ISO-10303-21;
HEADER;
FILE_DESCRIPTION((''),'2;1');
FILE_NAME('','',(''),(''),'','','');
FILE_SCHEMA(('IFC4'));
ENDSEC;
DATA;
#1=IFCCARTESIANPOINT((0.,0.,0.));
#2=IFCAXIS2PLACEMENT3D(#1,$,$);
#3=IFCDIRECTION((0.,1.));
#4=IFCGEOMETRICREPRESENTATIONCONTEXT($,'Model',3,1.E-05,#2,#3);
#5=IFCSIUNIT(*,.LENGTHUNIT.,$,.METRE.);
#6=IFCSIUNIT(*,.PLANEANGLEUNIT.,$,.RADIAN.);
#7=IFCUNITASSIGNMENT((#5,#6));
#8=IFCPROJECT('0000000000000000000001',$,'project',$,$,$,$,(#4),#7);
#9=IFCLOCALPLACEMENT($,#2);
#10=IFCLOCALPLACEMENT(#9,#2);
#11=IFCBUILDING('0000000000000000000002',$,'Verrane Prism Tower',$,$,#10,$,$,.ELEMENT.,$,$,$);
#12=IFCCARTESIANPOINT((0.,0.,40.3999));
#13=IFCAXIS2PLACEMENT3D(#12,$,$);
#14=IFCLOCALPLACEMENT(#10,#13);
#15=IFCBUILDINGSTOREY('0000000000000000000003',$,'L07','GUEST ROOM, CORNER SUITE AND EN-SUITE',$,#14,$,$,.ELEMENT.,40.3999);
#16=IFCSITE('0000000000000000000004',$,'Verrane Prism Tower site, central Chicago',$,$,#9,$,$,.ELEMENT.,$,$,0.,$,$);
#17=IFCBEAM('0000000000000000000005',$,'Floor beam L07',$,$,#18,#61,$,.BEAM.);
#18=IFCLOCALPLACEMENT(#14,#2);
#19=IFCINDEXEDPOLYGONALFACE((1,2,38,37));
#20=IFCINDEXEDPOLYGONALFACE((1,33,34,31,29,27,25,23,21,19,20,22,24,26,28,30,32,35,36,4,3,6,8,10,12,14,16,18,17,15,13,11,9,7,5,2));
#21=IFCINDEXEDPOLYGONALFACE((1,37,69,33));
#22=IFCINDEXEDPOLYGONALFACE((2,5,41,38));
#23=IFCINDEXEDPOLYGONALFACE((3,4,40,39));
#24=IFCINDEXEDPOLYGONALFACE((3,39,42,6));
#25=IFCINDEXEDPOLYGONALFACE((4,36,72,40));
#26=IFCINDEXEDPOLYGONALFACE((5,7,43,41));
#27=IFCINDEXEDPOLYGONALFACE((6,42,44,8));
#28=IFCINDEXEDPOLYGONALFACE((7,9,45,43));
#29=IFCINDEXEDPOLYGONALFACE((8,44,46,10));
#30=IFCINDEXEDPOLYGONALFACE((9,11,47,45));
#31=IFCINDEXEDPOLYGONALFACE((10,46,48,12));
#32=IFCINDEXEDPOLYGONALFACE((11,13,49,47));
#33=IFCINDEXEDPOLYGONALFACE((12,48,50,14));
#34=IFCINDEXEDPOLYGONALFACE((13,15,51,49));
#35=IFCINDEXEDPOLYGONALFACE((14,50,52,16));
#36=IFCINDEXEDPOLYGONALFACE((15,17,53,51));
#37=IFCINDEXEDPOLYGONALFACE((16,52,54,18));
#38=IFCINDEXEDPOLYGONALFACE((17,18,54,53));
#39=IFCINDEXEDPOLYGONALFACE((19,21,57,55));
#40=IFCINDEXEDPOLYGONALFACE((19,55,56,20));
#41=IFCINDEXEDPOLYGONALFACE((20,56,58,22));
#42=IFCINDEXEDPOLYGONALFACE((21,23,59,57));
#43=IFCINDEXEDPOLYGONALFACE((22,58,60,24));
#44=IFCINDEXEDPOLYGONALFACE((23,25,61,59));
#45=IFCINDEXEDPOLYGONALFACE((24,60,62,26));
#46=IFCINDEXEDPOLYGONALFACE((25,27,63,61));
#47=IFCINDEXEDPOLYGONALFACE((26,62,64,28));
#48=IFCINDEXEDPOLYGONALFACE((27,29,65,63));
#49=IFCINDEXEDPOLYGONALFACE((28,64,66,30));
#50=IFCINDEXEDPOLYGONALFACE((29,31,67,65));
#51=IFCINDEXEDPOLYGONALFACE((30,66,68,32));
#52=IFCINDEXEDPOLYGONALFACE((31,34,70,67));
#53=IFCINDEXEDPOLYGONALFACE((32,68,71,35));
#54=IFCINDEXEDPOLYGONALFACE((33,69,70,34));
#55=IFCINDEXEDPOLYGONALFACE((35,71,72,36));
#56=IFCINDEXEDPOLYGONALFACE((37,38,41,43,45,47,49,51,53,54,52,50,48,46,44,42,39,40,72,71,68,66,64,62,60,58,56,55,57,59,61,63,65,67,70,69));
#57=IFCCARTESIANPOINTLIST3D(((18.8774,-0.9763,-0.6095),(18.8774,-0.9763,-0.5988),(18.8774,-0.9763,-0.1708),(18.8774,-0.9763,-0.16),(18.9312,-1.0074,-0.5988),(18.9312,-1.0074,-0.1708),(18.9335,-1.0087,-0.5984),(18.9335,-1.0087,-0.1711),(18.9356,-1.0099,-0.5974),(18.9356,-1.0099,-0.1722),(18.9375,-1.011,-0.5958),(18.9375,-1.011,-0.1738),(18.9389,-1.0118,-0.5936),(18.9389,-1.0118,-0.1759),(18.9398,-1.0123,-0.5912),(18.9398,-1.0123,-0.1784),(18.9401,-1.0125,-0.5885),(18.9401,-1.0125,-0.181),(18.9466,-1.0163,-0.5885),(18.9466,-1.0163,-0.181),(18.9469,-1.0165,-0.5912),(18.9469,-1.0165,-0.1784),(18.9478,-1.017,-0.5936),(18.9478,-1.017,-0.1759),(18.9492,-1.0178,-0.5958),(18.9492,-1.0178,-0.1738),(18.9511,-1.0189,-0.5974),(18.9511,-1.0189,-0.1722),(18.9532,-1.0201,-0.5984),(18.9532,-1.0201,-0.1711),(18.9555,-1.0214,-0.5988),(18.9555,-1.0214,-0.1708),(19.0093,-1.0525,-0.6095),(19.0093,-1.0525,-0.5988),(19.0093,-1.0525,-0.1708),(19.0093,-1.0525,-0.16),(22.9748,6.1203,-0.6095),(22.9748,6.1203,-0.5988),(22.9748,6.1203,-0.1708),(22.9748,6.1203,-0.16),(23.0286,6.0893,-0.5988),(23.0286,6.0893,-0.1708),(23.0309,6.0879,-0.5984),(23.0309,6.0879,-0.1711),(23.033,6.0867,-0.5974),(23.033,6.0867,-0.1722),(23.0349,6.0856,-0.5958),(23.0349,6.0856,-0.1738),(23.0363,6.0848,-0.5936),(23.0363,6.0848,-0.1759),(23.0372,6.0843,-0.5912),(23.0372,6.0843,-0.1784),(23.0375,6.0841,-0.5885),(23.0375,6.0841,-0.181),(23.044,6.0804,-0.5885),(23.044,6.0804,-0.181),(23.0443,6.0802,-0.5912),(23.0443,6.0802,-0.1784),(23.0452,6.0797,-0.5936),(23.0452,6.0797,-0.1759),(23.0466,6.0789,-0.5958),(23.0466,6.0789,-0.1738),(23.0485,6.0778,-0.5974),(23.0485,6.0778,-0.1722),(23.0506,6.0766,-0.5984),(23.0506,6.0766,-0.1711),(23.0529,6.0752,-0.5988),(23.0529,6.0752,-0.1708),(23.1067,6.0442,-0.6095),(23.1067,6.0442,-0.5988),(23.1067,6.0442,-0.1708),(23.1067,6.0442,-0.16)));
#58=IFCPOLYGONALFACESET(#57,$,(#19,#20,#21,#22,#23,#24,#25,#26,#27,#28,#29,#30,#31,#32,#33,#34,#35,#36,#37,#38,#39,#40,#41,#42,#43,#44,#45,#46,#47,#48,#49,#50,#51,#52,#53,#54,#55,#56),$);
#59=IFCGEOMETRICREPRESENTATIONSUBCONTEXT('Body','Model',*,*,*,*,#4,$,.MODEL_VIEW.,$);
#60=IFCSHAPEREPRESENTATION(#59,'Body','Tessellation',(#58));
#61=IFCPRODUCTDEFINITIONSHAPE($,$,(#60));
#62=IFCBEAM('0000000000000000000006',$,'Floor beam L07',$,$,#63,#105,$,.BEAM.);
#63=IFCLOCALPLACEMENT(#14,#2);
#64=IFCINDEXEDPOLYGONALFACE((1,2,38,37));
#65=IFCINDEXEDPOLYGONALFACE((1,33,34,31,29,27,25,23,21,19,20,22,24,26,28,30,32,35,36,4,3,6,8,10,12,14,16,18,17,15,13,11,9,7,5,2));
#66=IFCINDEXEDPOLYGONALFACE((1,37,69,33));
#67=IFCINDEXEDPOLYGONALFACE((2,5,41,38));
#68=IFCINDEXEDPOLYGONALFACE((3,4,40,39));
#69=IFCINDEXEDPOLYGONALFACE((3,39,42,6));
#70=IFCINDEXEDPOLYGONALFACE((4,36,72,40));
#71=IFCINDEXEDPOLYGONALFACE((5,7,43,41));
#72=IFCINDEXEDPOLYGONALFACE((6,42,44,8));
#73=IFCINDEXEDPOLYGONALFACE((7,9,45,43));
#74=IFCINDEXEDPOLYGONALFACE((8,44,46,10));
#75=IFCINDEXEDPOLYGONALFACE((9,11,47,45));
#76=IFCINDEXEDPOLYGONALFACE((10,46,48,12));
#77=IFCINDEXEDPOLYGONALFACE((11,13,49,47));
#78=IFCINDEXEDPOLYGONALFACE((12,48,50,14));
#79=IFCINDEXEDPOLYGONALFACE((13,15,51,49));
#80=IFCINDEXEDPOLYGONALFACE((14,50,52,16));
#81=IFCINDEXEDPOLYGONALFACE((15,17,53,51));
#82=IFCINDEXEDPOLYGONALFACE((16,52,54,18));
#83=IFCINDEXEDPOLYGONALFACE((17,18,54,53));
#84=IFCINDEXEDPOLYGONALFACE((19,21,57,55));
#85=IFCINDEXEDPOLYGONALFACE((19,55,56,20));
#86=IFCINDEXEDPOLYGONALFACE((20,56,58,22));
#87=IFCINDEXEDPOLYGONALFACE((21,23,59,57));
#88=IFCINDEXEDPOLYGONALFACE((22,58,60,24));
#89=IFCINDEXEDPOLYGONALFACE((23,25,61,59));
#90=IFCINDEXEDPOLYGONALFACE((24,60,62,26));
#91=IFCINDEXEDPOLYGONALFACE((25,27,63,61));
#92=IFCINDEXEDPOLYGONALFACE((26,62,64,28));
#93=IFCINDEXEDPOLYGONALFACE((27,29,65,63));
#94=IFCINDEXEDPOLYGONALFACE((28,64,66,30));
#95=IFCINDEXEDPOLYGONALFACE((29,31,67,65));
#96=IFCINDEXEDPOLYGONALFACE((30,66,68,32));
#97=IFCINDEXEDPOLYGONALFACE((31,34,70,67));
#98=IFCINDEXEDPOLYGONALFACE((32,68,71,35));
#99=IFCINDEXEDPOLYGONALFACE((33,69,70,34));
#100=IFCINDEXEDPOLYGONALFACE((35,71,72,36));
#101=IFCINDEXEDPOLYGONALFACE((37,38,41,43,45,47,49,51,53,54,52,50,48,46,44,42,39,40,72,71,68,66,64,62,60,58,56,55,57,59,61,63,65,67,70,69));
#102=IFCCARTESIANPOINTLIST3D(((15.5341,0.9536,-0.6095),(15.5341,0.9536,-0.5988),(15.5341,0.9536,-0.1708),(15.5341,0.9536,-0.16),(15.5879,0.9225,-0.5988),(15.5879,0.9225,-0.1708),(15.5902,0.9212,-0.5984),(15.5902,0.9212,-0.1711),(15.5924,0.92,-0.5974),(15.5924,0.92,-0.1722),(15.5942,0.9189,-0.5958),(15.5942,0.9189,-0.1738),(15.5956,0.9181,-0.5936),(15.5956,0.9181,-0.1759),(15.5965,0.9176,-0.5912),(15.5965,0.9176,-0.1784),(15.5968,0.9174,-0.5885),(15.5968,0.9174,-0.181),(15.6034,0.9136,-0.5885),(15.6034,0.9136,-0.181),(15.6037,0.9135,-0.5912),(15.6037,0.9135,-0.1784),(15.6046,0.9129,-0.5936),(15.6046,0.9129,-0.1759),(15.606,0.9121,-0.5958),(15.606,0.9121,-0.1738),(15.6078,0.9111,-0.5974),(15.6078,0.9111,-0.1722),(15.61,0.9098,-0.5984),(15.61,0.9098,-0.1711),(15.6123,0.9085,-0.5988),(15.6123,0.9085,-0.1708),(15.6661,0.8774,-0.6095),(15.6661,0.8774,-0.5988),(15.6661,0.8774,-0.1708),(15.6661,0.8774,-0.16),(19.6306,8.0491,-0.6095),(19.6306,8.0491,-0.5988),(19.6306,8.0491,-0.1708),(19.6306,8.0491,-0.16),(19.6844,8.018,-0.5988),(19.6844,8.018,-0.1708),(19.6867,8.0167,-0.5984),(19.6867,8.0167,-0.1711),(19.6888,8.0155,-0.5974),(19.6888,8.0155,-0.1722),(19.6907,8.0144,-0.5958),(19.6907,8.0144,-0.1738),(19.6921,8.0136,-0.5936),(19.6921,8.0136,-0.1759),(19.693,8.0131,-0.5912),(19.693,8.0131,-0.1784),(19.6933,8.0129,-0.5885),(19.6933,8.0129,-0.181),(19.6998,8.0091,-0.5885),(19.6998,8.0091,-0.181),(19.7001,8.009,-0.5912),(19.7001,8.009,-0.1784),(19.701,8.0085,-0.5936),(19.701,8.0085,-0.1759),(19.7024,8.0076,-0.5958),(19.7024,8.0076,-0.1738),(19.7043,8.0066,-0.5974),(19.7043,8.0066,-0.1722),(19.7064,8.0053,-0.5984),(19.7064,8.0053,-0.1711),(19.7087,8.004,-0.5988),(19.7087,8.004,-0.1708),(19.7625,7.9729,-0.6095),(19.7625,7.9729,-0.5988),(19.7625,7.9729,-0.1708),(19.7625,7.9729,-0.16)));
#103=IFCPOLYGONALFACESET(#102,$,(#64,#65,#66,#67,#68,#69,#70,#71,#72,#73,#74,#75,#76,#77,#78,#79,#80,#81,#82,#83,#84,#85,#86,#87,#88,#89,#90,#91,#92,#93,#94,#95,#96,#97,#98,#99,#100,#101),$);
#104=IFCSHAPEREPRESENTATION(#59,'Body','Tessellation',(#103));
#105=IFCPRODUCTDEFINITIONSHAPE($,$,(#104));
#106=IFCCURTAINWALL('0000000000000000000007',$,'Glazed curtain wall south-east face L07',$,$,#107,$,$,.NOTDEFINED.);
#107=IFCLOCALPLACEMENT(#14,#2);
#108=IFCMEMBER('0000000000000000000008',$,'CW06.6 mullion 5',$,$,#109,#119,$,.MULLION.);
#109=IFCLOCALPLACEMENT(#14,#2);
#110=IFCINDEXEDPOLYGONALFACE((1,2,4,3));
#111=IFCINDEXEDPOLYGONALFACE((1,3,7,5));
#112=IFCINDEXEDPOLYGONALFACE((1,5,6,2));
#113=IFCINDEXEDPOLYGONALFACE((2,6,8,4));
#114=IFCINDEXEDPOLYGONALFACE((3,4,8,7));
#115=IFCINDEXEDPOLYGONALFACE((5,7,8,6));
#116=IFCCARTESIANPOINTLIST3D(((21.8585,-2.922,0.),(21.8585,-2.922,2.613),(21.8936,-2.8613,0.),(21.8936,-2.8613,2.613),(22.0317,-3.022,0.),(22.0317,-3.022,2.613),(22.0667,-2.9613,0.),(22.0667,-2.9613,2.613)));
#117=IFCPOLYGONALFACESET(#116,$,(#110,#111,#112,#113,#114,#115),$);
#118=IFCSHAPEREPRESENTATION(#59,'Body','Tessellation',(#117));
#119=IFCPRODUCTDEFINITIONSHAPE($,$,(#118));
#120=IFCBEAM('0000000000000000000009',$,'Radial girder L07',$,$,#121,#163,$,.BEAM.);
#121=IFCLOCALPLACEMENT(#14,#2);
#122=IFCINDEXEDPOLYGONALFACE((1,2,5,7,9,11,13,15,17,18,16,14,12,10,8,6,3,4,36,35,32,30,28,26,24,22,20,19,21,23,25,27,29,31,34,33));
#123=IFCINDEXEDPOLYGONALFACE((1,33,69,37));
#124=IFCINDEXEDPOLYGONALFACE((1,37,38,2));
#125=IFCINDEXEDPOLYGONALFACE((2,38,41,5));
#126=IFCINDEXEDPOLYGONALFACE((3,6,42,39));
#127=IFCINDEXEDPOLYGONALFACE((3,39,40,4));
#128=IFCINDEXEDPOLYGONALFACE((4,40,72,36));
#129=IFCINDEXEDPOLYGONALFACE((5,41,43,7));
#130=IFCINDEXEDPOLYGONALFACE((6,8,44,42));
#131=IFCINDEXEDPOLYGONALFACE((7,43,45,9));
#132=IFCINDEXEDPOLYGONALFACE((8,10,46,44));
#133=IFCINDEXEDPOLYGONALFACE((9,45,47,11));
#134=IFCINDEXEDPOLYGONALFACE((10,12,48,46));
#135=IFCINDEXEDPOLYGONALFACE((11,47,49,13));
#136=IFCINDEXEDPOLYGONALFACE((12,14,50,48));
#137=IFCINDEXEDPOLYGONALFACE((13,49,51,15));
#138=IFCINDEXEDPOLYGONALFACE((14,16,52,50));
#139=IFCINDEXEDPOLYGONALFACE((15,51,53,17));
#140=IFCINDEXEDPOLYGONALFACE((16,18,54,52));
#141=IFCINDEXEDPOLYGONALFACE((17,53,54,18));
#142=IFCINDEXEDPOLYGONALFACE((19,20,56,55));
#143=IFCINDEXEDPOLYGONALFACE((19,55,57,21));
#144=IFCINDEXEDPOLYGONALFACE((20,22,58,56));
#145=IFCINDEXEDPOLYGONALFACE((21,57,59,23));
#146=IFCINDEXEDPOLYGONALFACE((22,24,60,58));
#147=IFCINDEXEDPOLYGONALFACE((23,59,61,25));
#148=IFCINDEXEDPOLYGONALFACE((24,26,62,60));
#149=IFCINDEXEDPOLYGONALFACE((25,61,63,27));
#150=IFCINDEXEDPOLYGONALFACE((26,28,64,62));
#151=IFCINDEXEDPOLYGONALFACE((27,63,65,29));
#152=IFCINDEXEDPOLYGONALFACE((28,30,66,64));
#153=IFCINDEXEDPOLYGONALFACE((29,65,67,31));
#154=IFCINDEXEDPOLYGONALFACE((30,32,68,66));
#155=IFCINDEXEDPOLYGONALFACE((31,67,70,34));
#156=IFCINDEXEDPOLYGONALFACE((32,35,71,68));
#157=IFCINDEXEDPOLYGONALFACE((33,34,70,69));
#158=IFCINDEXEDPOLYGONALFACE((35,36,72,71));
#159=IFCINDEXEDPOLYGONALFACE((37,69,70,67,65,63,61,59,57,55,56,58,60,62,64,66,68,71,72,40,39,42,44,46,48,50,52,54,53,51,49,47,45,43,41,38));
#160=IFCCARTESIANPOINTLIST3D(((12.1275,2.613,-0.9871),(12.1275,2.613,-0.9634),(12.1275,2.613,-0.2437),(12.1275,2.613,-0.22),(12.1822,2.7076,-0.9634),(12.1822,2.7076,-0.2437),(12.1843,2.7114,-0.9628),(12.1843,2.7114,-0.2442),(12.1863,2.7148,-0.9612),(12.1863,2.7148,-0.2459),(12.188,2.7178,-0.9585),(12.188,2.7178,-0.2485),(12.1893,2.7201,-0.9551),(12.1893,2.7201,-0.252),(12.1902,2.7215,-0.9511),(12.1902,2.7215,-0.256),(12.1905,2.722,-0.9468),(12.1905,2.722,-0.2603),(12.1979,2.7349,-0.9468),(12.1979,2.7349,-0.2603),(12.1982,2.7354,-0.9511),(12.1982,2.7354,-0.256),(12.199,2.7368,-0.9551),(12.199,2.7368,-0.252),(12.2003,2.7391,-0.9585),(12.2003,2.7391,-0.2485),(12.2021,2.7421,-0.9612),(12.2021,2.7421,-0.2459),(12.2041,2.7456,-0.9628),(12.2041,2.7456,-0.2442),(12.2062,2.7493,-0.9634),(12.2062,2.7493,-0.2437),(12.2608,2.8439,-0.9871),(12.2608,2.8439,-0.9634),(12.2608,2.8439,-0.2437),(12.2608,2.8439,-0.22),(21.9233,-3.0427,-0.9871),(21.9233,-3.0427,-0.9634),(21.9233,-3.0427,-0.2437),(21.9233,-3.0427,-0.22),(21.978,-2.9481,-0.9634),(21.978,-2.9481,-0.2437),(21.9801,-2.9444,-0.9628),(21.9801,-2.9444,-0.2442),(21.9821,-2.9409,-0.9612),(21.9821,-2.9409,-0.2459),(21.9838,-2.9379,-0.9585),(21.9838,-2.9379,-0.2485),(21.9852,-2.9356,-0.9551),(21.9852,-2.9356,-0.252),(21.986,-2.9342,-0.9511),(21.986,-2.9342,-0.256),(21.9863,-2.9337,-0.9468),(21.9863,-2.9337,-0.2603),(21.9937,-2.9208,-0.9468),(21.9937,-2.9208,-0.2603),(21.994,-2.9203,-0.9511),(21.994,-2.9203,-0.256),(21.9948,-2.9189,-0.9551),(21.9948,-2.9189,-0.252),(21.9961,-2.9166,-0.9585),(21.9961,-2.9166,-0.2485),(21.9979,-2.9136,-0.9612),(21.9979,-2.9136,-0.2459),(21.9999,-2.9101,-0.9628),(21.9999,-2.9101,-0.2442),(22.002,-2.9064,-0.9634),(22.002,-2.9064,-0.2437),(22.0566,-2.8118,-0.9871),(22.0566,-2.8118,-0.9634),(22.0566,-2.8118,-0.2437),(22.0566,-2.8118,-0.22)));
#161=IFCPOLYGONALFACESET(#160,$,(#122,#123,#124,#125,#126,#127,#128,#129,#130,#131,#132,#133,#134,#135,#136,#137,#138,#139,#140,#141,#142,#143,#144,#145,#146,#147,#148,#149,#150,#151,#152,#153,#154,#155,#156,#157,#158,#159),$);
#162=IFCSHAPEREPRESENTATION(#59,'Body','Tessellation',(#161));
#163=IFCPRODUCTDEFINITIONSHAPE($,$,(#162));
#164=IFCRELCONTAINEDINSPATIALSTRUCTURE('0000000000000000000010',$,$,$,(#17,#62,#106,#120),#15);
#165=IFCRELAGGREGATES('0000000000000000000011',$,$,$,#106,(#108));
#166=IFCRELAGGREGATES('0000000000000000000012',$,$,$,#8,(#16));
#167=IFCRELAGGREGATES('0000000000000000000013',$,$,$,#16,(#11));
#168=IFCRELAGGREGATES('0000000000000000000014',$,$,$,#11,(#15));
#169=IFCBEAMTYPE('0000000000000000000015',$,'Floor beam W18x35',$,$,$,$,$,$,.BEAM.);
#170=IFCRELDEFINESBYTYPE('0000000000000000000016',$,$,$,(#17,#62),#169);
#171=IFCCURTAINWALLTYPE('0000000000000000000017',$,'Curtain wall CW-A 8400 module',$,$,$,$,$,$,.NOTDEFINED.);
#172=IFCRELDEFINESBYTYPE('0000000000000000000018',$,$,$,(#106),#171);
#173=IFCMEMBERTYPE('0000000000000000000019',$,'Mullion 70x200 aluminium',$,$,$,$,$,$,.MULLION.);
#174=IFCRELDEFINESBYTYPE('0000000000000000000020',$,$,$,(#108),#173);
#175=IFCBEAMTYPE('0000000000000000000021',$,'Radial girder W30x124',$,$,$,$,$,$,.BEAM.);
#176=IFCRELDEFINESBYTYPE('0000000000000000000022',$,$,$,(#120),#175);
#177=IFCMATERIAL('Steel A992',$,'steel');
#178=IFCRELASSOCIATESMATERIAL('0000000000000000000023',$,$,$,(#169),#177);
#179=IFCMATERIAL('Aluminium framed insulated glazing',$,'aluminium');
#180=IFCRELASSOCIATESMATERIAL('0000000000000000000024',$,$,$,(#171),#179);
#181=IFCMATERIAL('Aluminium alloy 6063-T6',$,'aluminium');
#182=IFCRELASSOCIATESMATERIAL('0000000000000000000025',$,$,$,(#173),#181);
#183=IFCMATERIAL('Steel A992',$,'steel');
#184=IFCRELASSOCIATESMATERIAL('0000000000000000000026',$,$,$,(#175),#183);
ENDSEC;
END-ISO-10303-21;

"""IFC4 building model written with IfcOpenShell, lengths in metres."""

from ifc_helpers import new_model, si_unit, direction, frame, origin, origin_2d, place, context, subcontext, project, spatial, rectangle, i_section, extrude, material, material_profile, profile_set, type_object, element, aggregate, save


model = new_model("IFC4")

# Units and contexts
model_context = context("Model", 3, precision=1e-05, world=origin(), true_north=direction((0.0, 1.0)))
body_context = subcontext(model_context, "Body", "Model", "MODEL_VIEW")
ifc_project = project(units=[si_unit("LENGTHUNIT", "METRE"), si_unit("PLANEANGLEUNIT", "RADIAN")], contexts=[model_context])

# Site, building, storey
site_placement = place(None, origin())
site = spatial("IfcSite", under=ifc_project, at=site_placement, Name="Verrane Prism Tower site, central Chicago", CompositionType="ELEMENT", RefElevation=0.0)
building_placement = place(site_placement, origin())
building = spatial("IfcBuilding", under=site, at=building_placement, Name="Verrane Prism Tower", CompositionType="ELEMENT")
storey_placement = place(building_placement, frame((0.0, 0.0, 40.3999)))
storey = spatial("IfcBuildingStorey", under=building, at=storey_placement, Name="L07", Description="GUEST ROOM, CORNER SUITE AND EN-SUITE", CompositionType="ELEMENT", Elevation=40.3999)

# Beams
ifc_material_1 = material(Name="Steel A992", Category="steel")
ifc_material_profile_1 = material_profile(ifc_material_1, i_section(OverallWidth=0.1523, OverallDepth=0.4495, WebThickness=0.0076, FlangeThickness=0.0107, FilletRadius=0.0103, at=origin_2d()), Name="W18x35")
ifc_profile_set_1 = profile_set([ifc_material_profile_1], Name="Steel A992")
beam_type_1 = type_object("IfcBeamType", Name="Floor beam W18x35", PredefinedType="BEAM", material=ifc_profile_set_1)
beam_1_placement = place(storey_placement, frame((18.9434, -1.0144, -0.3848), z_axis=(0.500013, 0.866018, 0.0), x_axis=(-0.866018, 0.500013, 0.0)))
element("IfcBeam", 1, at=beam_1_placement, inside=storey, type_object=beam_type_1, Name="Floor beam L07", PredefinedType="BEAM", context=body_context, shape_type="SweptSolid", body=[
    extrude(i_section(OverallWidth=0.1523, OverallDepth=0.4495, WebThickness=0.0076, FlangeThickness=0.0107, FilletRadius=0.0103, at=origin_2d()), origin(), (0.0, 0.0, 1.0), 8.1946),
])
beam_2_placement = place(storey_placement, frame((15.6001, 0.9155, -0.3848), z_axis=(0.499988, 0.866032, 0.0), x_axis=(-0.866032, 0.499988, 0.0)))
element("IfcBeam", 2, at=beam_2_placement, inside=storey, type_object=beam_type_1, Name="Floor beam L07", PredefinedType="BEAM", context=body_context, shape_type="SweptSolid", body=[
    extrude(i_section(OverallWidth=0.1523, OverallDepth=0.4495, WebThickness=0.0076, FlangeThickness=0.0107, FilletRadius=0.0103, at=origin_2d()), origin(), (0.0, 0.0, 1.0), 8.1931),
])

# Curtain wall, member
ifc_material_2 = material(Name="Aluminium framed insulated glazing", Category="aluminium")
curtain_wall_type = type_object("IfcCurtainWallType", Name="Curtain wall CW-A 8400 module", PredefinedType="NOTDEFINED", material=ifc_material_2)
curtain_wall_placement = place(storey_placement, origin())
curtain_wall = element("IfcCurtainWall", 3, at=curtain_wall_placement, inside=storey, type_object=curtain_wall_type, Name="Glazed curtain wall south-east face L07", PredefinedType="NOTDEFINED")
ifc_material_3 = material(Name="Aluminium alloy 6063-T6", Category="aluminium")
ifc_material_profile_2 = material_profile(ifc_material_3, rectangle(XDim=0.2, YDim=0.0701, at=origin_2d()), Name="Mullion 70x200 aluminium")
ifc_profile_set_2 = profile_set([ifc_material_profile_2], Name="Aluminium alloy 6063-T6")
member_type_1 = type_object("IfcMemberType", Name="Mullion 70x200 aluminium", PredefinedType="MULLION", material=ifc_profile_set_2)
member_1_placement = place(storey_placement, frame((21.9626, -2.9417, 0.0), z_axis=(0.0, 0.0, 1.0), x_axis=(-0.866025, 0.5, 0.0)))
member_1 = element("IfcMember", 4, at=member_1_placement, type_object=member_type_1, Name="CW06.6 mullion 5", PredefinedType="MULLION", context=body_context, shape_type="SweptSolid", body=[
    extrude(rectangle(XDim=0.2, YDim=0.0701, at=origin_2d()), origin(), (0.0, 0.0, 1.0), 2.613),
])

# Beam
ifc_material_4 = material(Name="Steel A992", Category="steel")
ifc_material_profile_3 = material_profile(ifc_material_4, i_section(OverallWidth=0.2666, OverallDepth=0.7671, WebThickness=0.0149, FlangeThickness=0.0237, FilletRadius=0.0166, at=origin_2d()), Name="W30x124")
ifc_profile_set_3 = profile_set([ifc_material_profile_3], Name="Steel A992")
beam_type_2 = type_object("IfcBeamType", Name="Radial girder W30x124", PredefinedType="BEAM", material=ifc_profile_set_3)
beam_3_placement = place(storey_placement, frame((21.99, -2.9272, -0.6035), z_axis=(-0.866022, 0.500006, 0.0), x_axis=(-0.500006, -0.866022, 0.0)))
element("IfcBeam", 5, at=beam_3_placement, inside=storey, type_object=beam_type_2, Name="Radial girder L07", PredefinedType="BEAM", context=body_context, shape_type="SweptSolid", body=[
    extrude(i_section(OverallWidth=0.2666, OverallDepth=0.7671, WebThickness=0.0149, FlangeThickness=0.0237, FilletRadius=0.0166, at=origin_2d()), origin(), (0.0, 0.0, 1.0), 11.3113),
])

aggregate(curtain_wall, [member_1])

save(model, "model.ifc")
